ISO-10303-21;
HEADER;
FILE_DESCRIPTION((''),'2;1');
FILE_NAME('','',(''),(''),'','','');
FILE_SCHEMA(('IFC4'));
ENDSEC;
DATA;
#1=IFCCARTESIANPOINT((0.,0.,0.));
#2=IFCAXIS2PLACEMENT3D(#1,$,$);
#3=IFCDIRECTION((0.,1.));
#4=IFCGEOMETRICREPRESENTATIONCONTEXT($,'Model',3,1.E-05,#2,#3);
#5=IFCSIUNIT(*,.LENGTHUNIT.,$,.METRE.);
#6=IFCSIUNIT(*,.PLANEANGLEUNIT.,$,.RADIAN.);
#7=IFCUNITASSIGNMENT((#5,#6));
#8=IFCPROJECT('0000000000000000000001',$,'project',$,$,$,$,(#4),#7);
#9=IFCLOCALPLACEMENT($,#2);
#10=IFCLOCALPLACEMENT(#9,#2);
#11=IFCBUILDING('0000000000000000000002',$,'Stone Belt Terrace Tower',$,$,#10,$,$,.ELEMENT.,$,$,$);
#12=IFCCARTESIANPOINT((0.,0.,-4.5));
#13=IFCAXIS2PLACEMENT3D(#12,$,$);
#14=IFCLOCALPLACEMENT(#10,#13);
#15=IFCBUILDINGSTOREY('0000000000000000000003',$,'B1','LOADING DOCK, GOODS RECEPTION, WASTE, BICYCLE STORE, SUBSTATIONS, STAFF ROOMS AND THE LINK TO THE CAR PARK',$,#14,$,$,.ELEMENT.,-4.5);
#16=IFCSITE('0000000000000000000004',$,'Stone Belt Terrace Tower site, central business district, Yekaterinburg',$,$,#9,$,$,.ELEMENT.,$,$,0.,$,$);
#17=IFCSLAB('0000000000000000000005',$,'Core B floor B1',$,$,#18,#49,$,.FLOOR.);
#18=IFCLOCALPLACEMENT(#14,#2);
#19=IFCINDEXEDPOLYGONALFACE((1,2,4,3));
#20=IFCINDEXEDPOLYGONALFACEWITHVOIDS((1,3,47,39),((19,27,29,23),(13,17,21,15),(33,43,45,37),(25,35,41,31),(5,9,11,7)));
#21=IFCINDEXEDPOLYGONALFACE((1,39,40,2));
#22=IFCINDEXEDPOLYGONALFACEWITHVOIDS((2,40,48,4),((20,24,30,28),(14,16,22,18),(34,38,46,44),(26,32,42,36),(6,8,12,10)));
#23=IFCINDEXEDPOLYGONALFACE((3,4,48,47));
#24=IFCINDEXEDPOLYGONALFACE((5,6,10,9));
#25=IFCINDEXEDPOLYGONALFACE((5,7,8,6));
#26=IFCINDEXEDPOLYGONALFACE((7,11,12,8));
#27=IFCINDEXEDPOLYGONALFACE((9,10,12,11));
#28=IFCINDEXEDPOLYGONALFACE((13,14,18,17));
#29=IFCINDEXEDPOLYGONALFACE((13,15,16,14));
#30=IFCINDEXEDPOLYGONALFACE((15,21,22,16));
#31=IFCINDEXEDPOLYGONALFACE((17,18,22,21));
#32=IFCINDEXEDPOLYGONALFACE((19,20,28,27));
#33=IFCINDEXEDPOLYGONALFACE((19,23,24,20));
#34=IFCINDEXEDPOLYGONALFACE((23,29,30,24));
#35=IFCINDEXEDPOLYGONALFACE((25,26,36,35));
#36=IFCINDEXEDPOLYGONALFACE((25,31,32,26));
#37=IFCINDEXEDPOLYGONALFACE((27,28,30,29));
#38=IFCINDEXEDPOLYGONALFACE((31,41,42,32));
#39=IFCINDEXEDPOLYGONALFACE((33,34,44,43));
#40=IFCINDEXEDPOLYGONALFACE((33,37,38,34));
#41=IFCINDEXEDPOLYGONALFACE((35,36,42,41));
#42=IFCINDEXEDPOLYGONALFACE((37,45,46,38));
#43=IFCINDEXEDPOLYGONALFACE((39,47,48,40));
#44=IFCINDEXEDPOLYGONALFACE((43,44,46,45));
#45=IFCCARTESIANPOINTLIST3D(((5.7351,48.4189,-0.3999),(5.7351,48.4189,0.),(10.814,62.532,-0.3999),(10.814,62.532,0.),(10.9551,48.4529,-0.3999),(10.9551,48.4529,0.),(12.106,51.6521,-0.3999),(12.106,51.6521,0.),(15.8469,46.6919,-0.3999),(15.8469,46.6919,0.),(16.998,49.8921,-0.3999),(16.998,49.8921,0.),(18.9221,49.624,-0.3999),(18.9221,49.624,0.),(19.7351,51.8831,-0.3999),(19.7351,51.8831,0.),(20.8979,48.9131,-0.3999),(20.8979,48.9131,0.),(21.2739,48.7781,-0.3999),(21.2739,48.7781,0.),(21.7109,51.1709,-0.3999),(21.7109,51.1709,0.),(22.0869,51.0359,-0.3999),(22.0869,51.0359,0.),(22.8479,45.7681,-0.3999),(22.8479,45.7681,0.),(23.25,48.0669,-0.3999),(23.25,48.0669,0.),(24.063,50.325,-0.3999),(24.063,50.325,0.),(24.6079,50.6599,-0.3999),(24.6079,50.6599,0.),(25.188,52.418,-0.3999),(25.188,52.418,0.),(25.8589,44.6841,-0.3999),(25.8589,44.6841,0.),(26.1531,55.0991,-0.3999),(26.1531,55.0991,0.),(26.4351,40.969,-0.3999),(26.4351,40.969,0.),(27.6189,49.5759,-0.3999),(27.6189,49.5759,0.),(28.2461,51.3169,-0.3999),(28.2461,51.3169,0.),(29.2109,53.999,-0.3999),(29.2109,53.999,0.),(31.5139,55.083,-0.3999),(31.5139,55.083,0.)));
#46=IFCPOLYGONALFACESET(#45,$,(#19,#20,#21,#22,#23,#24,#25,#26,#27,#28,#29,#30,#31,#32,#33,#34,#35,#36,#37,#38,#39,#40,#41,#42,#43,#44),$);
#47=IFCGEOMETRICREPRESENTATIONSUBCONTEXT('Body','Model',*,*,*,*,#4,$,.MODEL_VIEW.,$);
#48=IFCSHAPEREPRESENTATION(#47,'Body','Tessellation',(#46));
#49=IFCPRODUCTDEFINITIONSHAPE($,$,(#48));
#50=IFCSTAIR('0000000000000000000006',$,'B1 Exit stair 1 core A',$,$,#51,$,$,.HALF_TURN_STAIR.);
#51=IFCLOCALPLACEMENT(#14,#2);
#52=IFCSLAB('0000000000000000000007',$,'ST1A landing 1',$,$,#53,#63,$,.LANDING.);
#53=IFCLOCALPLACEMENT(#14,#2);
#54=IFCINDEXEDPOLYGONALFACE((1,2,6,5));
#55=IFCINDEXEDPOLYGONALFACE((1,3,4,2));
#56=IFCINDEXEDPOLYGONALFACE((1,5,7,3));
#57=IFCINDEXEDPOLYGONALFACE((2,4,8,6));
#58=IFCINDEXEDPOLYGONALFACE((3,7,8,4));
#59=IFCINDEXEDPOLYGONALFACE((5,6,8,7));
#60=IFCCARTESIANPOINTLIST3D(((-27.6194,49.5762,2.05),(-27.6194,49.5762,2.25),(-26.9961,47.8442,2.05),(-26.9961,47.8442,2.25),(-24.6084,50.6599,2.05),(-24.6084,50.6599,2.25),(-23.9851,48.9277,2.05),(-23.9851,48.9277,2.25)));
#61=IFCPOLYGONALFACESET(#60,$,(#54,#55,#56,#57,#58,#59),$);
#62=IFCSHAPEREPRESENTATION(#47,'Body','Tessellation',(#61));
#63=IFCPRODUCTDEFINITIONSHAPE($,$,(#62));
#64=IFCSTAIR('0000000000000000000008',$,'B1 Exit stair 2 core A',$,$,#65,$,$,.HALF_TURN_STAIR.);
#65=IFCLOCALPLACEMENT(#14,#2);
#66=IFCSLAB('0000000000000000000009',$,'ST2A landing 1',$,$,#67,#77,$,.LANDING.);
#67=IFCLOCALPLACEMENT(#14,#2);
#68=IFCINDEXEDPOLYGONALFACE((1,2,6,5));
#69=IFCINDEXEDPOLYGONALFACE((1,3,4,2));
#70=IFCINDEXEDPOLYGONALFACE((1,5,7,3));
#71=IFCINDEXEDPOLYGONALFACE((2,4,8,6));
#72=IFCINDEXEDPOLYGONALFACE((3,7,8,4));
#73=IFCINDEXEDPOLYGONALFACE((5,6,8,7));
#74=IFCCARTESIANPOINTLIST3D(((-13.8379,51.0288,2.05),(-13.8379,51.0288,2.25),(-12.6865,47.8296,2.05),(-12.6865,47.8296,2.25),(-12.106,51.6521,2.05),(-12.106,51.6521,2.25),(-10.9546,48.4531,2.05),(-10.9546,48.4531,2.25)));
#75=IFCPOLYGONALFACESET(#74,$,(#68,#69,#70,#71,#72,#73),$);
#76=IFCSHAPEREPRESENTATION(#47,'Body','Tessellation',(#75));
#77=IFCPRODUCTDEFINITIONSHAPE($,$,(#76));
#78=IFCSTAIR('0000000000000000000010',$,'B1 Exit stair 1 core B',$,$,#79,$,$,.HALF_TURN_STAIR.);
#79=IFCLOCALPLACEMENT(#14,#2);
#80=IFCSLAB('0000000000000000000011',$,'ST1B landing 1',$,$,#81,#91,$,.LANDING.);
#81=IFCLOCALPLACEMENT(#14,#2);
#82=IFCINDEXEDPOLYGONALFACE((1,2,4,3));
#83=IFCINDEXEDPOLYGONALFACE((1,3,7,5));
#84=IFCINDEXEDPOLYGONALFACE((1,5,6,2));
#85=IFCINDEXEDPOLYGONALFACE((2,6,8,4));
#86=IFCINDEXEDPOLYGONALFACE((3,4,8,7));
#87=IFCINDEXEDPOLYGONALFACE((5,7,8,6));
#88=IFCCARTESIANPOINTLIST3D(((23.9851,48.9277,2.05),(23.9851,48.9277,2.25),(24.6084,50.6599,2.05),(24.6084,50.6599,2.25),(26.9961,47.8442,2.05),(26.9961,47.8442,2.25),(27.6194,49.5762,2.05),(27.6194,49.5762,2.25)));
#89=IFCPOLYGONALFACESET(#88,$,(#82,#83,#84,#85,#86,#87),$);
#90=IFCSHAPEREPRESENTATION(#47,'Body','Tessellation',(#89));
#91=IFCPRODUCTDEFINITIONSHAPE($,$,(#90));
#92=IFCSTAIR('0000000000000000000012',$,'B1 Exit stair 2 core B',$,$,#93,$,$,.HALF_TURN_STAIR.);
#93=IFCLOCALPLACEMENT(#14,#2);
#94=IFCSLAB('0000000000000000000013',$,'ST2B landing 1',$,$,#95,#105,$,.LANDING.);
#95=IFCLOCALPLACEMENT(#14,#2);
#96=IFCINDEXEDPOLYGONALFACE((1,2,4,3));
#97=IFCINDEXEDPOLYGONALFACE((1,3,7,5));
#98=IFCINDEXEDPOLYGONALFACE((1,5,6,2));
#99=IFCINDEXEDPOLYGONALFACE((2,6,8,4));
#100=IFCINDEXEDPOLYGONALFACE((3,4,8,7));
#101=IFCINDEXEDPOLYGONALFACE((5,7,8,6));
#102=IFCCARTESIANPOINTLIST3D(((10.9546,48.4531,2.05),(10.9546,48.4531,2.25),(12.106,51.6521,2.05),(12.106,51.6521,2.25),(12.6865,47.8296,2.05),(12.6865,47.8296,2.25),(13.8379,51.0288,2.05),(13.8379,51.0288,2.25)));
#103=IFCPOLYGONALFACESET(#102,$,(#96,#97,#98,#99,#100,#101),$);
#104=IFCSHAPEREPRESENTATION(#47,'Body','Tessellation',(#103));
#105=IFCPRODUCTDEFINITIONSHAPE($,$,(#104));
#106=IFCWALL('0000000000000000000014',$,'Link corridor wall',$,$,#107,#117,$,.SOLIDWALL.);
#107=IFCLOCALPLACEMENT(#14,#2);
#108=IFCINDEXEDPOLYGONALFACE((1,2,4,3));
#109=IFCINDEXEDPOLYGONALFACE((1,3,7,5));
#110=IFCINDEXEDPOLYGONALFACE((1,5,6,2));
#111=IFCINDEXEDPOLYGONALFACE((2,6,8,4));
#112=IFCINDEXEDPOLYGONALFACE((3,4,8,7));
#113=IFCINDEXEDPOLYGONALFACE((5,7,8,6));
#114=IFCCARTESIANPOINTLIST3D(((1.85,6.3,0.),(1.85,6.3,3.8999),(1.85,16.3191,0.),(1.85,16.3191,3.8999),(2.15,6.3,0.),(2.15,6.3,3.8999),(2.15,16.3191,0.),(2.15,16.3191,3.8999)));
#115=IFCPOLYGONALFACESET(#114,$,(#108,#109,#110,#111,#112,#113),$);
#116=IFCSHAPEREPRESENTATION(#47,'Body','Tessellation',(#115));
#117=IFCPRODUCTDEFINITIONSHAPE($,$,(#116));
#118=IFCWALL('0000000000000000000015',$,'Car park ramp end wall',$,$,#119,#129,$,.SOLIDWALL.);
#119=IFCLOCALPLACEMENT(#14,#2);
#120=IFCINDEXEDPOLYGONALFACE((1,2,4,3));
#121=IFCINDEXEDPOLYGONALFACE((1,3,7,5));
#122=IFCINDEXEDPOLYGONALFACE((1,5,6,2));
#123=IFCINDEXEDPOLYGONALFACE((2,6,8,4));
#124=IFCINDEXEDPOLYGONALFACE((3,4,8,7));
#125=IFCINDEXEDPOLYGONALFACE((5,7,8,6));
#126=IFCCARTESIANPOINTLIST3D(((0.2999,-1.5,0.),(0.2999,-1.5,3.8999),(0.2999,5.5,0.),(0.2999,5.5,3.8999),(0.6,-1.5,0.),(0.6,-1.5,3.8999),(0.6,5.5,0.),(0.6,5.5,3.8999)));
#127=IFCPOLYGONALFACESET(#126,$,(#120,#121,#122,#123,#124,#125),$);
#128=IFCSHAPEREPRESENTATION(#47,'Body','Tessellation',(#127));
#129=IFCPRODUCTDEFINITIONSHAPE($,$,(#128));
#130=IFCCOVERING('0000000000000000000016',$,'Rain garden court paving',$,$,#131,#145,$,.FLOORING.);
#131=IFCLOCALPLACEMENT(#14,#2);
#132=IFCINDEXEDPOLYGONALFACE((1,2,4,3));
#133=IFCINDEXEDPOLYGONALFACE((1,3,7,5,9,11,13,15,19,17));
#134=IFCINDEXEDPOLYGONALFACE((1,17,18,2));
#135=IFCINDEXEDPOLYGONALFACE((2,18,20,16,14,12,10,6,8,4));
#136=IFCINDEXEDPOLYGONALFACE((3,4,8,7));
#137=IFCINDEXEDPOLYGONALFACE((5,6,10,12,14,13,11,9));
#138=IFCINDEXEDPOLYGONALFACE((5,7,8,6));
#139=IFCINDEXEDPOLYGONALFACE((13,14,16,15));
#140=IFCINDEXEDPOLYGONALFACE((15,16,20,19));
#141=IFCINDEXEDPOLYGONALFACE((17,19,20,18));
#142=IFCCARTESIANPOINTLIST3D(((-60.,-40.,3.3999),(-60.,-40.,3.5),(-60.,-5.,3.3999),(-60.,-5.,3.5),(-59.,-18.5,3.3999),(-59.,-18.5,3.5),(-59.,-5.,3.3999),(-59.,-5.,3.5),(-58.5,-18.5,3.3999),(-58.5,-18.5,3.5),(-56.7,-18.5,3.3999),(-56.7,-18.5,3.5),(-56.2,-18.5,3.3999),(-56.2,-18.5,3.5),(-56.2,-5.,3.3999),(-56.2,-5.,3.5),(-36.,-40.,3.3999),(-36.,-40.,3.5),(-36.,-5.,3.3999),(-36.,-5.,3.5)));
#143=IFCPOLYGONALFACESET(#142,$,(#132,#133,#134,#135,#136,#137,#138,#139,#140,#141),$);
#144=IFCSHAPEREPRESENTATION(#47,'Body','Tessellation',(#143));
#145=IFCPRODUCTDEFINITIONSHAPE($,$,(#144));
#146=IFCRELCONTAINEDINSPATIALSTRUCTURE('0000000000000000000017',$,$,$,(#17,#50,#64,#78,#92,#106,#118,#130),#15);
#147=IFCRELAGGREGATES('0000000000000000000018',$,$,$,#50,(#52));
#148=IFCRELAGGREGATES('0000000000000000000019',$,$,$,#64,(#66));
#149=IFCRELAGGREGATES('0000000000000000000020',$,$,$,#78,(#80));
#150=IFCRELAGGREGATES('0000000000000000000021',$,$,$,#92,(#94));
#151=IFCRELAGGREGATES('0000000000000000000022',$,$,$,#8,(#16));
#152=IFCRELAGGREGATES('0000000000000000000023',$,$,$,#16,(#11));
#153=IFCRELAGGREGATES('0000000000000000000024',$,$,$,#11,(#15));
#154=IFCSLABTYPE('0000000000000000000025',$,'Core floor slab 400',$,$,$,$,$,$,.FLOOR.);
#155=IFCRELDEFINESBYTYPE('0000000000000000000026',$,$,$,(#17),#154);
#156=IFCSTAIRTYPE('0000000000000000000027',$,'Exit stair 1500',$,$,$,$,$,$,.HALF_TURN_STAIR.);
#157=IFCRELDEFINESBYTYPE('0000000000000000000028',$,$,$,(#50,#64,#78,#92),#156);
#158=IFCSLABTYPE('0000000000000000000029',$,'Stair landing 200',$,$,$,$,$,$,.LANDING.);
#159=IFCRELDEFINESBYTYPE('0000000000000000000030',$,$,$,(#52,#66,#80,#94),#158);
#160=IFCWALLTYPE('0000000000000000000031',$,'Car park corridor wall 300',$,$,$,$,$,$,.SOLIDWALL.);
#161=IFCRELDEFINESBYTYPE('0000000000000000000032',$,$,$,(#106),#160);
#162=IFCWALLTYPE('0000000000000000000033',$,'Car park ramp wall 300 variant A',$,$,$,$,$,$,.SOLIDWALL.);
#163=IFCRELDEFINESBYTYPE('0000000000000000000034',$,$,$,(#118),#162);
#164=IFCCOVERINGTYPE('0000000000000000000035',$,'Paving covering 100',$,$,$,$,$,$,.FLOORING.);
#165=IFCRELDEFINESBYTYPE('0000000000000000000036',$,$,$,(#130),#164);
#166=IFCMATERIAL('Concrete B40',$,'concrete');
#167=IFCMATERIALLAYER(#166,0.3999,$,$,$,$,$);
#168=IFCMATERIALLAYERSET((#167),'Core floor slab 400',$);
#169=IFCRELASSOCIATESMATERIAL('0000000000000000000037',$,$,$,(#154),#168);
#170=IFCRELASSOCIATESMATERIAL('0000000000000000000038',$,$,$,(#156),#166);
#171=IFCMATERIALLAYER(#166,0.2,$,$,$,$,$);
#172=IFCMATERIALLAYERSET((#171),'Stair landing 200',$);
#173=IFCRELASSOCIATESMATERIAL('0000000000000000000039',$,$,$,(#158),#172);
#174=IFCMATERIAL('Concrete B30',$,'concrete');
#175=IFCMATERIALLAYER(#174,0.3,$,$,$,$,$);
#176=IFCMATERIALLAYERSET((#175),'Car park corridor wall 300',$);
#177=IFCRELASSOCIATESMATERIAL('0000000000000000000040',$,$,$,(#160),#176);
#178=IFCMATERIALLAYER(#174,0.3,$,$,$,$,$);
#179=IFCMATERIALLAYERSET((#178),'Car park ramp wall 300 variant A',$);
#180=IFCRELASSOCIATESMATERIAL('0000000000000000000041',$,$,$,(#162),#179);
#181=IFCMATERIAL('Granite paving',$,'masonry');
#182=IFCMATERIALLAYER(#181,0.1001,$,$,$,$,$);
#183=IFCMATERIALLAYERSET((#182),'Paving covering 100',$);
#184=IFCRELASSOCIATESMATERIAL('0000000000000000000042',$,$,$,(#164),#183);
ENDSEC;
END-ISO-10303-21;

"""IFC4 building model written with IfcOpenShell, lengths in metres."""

from ifc_helpers import new_model, si_unit, direction, frame, frame_2d, origin, place, context, subcontext, project, spatial, polyline, rectangle, outline, extrude, material, layer, layer_set, type_object, element, aggregate, save


model = new_model("IFC4")

# Units and contexts
model_context = context("Model", 3, precision=1e-05, world=origin(), true_north=direction((0.0, 1.0)))
body_context = subcontext(model_context, "Body", "Model", "MODEL_VIEW")
ifc_project = project(units=[si_unit("LENGTHUNIT", "METRE"), si_unit("PLANEANGLEUNIT", "RADIAN")], contexts=[model_context])

# Site, building, storey
site_placement = place(None, origin())
site = spatial("IfcSite", under=ifc_project, at=site_placement, Name="Stone Belt Terrace Tower site, central business district, Yekaterinburg", CompositionType="ELEMENT", RefElevation=0.0)
building_placement = place(site_placement, origin())
building = spatial("IfcBuilding", under=site, at=building_placement, Name="Stone Belt Terrace Tower", CompositionType="ELEMENT")
storey_placement = place(building_placement, frame((0.0, 0.0, -4.5)))
storey = spatial("IfcBuildingStorey", under=building, at=storey_placement, Name="B1", Description="LOADING DOCK, GOODS RECEPTION, WASTE, BICYCLE STORE, SUBSTATIONS, STAFF ROOMS AND THE LINK TO THE CAR PARK", CompositionType="ELEMENT", Elevation=-4.5)

# Shared definitions
ifc_material_1 = material(Name="Concrete B30", Category="concrete")

# Shared definitions
ifc_material_2 = material(Name="Concrete B40", Category="concrete")

# Slab
ifc_layer_1 = layer(ifc_material_2, 0.3999)
ifc_layer_set_1 = layer_set([ifc_layer_1], Name="Core floor slab 400")
slab_type_1 = type_object("IfcSlabType", Name="Core floor slab 400", PredefinedType="FLOOR", material=ifc_layer_set_1)
slab_1_placement = place(storey_placement, frame((0.0, 0.0, -0.3999)))
element("IfcSlab", 1, at=slab_1_placement, inside=storey, type_object=slab_type_1, Name="Core B floor B1", PredefinedType="FLOOR", context=body_context, shape_type="SweptSolid", body=[
    extrude(outline(polyline([(26.4351, 40.969), (31.5139, 55.083), (10.814, 62.532), (5.7351, 48.4189), (26.4351, 40.969)]), holes=[polyline([(24.6079, 50.6599), (27.6189, 49.5759), (25.8589, 44.6841), (22.8479, 45.7681), (24.6079, 50.6599)]), polyline([(10.9551, 48.4529), (12.106, 51.6521), (16.998, 49.8921), (15.8469, 46.6919), (10.9551, 48.4529)]), polyline([(24.063, 50.325), (23.25, 48.0669), (21.2739, 48.7781), (22.0869, 51.0359), (24.063, 50.325)]), polyline([(20.8979, 48.9131), (18.9221, 49.624), (19.7351, 51.8831), (21.7109, 51.1709), (20.8979, 48.9131)]), polyline([(26.1531, 55.0991), (29.2109, 53.999), (28.2461, 51.3169), (25.188, 52.418), (26.1531, 55.0991)])]), origin(), (0.0, 0.0, 1.0), 0.3999),
])

# Stairs, slabs
stair_type = type_object("IfcStairType", Name="Exit stair 1500", PredefinedType="HALF_TURN_STAIR", material=ifc_material_2)
stair_1_placement = place(storey_placement, origin())
stair_1 = element("IfcStair", 2, at=stair_1_placement, inside=storey, type_object=stair_type, Name="B1 Exit stair 1 core A", PredefinedType="HALF_TURN_STAIR")
ifc_layer_2 = layer(ifc_material_2, 0.2)
ifc_layer_set_2 = layer_set([ifc_layer_2], Name="Stair landing 200")
slab_type_2 = type_object("IfcSlabType", Name="Stair landing 200", PredefinedType="LANDING", material=ifc_layer_set_2)
slab_2_placement = place(storey_placement, frame((0.0, 0.0, 2.05)))
slab_2 = element("IfcSlab", 3, at=slab_2_placement, type_object=slab_type_2, Name="ST1A landing 1", PredefinedType="LANDING", context=body_context, shape_type="SweptSolid", body=[
    extrude(outline(polyline([(-23.9851, 48.9277), (-24.6084, 50.6599), (-27.6194, 49.5762), (-26.9961, 47.8442), (-23.9851, 48.9277)])), origin(), (0.0, 0.0, 1.0), 0.2),
])
aggregate(stair_1, [slab_2])
stair_2_placement = place(storey_placement, origin())
stair_2 = element("IfcStair", 4, at=stair_2_placement, inside=storey, type_object=stair_type, Name="B1 Exit stair 2 core A", PredefinedType="HALF_TURN_STAIR")
slab_3_placement = place(storey_placement, frame((0.0, 0.0, 2.05)))
slab_3 = element("IfcSlab", 5, at=slab_3_placement, type_object=slab_type_2, Name="ST2A landing 1", PredefinedType="LANDING", context=body_context, shape_type="SweptSolid", body=[
    extrude(outline(polyline([(-12.6865, 47.8296), (-10.9546, 48.4531), (-12.106, 51.6521), (-13.8379, 51.0288), (-12.6865, 47.8296)])), origin(), (0.0, 0.0, 1.0), 0.2),
])
aggregate(stair_2, [slab_3])
stair_3_placement = place(storey_placement, origin())
stair_3 = element("IfcStair", 6, at=stair_3_placement, inside=storey, type_object=stair_type, Name="B1 Exit stair 1 core B", PredefinedType="HALF_TURN_STAIR")
slab_4_placement = place(storey_placement, frame((0.0, 0.0, 2.05)))
slab_4 = element("IfcSlab", 7, at=slab_4_placement, type_object=slab_type_2, Name="ST1B landing 1", PredefinedType="LANDING", context=body_context, shape_type="SweptSolid", body=[
    extrude(outline(polyline([(26.9961, 47.8442), (27.6194, 49.5762), (24.6084, 50.6599), (23.9851, 48.9277), (26.9961, 47.8442)])), origin(), (0.0, 0.0, 1.0), 0.2),
])
aggregate(stair_3, [slab_4])
stair_4_placement = place(storey_placement, origin())
stair_4 = element("IfcStair", 8, at=stair_4_placement, inside=storey, type_object=stair_type, Name="B1 Exit stair 2 core B", PredefinedType="HALF_TURN_STAIR")
slab_5_placement = place(storey_placement, frame((0.0, 0.0, 2.05)))
slab_5 = element("IfcSlab", 9, at=slab_5_placement, type_object=slab_type_2, Name="ST2B landing 1", PredefinedType="LANDING", context=body_context, shape_type="SweptSolid", body=[
    extrude(outline(polyline([(13.8379, 51.0288), (12.106, 51.6521), (10.9546, 48.4531), (12.6865, 47.8296), (13.8379, 51.0288)])), origin(), (0.0, 0.0, 1.0), 0.2),
])
aggregate(stair_4, [slab_5])

# Walls
ifc_layer_3 = layer(ifc_material_1, 0.3)
ifc_layer_set_3 = layer_set([ifc_layer_3], Name="Car park corridor wall 300")
wall_type_1 = type_object("IfcWallType", Name="Car park corridor wall 300", PredefinedType="SOLIDWALL", material=ifc_layer_set_3)
wall_1_placement = place(storey_placement, frame((2.0, 6.3, 0.0), z_axis=(0.0, 0.0, 1.0), x_axis=(0.0, 1.0, 0.0)))
element("IfcWall", 10, at=wall_1_placement, inside=storey, type_object=wall_type_1, Name="Link corridor wall", PredefinedType="SOLIDWALL", context=body_context, shape_type="SweptSolid", body=[
    extrude(rectangle(XDim=10.019, YDim=0.3, at=frame_2d((5.0095, 0.0))), origin(), (0.0, 0.0, 1.0), 3.8999),
])
ifc_layer_4 = layer(ifc_material_1, 0.3)
ifc_layer_set_4 = layer_set([ifc_layer_4], Name="Car park ramp wall 300 variant A")
wall_type_2 = type_object("IfcWallType", Name="Car park ramp wall 300 variant A", PredefinedType="SOLIDWALL", material=ifc_layer_set_4)
wall_2_placement = place(storey_placement, frame((0.45, -1.5, 0.0), z_axis=(0.0, 0.0, 1.0), x_axis=(0.0, 1.0, 0.0)))
element("IfcWall", 11, at=wall_2_placement, inside=storey, type_object=wall_type_2, Name="Car park ramp end wall", PredefinedType="SOLIDWALL", context=body_context, shape_type="SweptSolid", body=[
    extrude(rectangle(XDim=7.0, YDim=0.3, at=frame_2d((3.5, 0.0))), origin(), (0.0, 0.0, 1.0), 3.8999),
])

# Covering
ifc_material_3 = material(Name="Granite paving", Category="masonry")
ifc_layer_5 = layer(ifc_material_3, 0.1001)
ifc_layer_set_5 = layer_set([ifc_layer_5], Name="Paving covering 100")
covering_type = type_object("IfcCoveringType", Name="Paving covering 100", PredefinedType="FLOORING", material=ifc_layer_set_5)
covering_placement = place(storey_placement, frame((0.0, 0.0, 3.3999)))
element("IfcCovering", 12, at=covering_placement, inside=storey, type_object=covering_type, Name="Rain garden court paving", PredefinedType="FLOORING", context=body_context, shape_type="SweptSolid", body=[
    extrude(outline(polyline([(-60.0, -40.0), (-36.0, -40.0), (-36.0, -5.0), (-56.2, -5.0), (-56.2, -18.5), (-56.7, -18.5), (-58.5, -18.5), (-59.0, -18.5), (-59.0, -5.0), (-60.0, -5.0), (-60.0, -40.0)])), origin(), (0.0, 0.0, 1.0), 0.1001),
])

save(model, "model.ifc")
